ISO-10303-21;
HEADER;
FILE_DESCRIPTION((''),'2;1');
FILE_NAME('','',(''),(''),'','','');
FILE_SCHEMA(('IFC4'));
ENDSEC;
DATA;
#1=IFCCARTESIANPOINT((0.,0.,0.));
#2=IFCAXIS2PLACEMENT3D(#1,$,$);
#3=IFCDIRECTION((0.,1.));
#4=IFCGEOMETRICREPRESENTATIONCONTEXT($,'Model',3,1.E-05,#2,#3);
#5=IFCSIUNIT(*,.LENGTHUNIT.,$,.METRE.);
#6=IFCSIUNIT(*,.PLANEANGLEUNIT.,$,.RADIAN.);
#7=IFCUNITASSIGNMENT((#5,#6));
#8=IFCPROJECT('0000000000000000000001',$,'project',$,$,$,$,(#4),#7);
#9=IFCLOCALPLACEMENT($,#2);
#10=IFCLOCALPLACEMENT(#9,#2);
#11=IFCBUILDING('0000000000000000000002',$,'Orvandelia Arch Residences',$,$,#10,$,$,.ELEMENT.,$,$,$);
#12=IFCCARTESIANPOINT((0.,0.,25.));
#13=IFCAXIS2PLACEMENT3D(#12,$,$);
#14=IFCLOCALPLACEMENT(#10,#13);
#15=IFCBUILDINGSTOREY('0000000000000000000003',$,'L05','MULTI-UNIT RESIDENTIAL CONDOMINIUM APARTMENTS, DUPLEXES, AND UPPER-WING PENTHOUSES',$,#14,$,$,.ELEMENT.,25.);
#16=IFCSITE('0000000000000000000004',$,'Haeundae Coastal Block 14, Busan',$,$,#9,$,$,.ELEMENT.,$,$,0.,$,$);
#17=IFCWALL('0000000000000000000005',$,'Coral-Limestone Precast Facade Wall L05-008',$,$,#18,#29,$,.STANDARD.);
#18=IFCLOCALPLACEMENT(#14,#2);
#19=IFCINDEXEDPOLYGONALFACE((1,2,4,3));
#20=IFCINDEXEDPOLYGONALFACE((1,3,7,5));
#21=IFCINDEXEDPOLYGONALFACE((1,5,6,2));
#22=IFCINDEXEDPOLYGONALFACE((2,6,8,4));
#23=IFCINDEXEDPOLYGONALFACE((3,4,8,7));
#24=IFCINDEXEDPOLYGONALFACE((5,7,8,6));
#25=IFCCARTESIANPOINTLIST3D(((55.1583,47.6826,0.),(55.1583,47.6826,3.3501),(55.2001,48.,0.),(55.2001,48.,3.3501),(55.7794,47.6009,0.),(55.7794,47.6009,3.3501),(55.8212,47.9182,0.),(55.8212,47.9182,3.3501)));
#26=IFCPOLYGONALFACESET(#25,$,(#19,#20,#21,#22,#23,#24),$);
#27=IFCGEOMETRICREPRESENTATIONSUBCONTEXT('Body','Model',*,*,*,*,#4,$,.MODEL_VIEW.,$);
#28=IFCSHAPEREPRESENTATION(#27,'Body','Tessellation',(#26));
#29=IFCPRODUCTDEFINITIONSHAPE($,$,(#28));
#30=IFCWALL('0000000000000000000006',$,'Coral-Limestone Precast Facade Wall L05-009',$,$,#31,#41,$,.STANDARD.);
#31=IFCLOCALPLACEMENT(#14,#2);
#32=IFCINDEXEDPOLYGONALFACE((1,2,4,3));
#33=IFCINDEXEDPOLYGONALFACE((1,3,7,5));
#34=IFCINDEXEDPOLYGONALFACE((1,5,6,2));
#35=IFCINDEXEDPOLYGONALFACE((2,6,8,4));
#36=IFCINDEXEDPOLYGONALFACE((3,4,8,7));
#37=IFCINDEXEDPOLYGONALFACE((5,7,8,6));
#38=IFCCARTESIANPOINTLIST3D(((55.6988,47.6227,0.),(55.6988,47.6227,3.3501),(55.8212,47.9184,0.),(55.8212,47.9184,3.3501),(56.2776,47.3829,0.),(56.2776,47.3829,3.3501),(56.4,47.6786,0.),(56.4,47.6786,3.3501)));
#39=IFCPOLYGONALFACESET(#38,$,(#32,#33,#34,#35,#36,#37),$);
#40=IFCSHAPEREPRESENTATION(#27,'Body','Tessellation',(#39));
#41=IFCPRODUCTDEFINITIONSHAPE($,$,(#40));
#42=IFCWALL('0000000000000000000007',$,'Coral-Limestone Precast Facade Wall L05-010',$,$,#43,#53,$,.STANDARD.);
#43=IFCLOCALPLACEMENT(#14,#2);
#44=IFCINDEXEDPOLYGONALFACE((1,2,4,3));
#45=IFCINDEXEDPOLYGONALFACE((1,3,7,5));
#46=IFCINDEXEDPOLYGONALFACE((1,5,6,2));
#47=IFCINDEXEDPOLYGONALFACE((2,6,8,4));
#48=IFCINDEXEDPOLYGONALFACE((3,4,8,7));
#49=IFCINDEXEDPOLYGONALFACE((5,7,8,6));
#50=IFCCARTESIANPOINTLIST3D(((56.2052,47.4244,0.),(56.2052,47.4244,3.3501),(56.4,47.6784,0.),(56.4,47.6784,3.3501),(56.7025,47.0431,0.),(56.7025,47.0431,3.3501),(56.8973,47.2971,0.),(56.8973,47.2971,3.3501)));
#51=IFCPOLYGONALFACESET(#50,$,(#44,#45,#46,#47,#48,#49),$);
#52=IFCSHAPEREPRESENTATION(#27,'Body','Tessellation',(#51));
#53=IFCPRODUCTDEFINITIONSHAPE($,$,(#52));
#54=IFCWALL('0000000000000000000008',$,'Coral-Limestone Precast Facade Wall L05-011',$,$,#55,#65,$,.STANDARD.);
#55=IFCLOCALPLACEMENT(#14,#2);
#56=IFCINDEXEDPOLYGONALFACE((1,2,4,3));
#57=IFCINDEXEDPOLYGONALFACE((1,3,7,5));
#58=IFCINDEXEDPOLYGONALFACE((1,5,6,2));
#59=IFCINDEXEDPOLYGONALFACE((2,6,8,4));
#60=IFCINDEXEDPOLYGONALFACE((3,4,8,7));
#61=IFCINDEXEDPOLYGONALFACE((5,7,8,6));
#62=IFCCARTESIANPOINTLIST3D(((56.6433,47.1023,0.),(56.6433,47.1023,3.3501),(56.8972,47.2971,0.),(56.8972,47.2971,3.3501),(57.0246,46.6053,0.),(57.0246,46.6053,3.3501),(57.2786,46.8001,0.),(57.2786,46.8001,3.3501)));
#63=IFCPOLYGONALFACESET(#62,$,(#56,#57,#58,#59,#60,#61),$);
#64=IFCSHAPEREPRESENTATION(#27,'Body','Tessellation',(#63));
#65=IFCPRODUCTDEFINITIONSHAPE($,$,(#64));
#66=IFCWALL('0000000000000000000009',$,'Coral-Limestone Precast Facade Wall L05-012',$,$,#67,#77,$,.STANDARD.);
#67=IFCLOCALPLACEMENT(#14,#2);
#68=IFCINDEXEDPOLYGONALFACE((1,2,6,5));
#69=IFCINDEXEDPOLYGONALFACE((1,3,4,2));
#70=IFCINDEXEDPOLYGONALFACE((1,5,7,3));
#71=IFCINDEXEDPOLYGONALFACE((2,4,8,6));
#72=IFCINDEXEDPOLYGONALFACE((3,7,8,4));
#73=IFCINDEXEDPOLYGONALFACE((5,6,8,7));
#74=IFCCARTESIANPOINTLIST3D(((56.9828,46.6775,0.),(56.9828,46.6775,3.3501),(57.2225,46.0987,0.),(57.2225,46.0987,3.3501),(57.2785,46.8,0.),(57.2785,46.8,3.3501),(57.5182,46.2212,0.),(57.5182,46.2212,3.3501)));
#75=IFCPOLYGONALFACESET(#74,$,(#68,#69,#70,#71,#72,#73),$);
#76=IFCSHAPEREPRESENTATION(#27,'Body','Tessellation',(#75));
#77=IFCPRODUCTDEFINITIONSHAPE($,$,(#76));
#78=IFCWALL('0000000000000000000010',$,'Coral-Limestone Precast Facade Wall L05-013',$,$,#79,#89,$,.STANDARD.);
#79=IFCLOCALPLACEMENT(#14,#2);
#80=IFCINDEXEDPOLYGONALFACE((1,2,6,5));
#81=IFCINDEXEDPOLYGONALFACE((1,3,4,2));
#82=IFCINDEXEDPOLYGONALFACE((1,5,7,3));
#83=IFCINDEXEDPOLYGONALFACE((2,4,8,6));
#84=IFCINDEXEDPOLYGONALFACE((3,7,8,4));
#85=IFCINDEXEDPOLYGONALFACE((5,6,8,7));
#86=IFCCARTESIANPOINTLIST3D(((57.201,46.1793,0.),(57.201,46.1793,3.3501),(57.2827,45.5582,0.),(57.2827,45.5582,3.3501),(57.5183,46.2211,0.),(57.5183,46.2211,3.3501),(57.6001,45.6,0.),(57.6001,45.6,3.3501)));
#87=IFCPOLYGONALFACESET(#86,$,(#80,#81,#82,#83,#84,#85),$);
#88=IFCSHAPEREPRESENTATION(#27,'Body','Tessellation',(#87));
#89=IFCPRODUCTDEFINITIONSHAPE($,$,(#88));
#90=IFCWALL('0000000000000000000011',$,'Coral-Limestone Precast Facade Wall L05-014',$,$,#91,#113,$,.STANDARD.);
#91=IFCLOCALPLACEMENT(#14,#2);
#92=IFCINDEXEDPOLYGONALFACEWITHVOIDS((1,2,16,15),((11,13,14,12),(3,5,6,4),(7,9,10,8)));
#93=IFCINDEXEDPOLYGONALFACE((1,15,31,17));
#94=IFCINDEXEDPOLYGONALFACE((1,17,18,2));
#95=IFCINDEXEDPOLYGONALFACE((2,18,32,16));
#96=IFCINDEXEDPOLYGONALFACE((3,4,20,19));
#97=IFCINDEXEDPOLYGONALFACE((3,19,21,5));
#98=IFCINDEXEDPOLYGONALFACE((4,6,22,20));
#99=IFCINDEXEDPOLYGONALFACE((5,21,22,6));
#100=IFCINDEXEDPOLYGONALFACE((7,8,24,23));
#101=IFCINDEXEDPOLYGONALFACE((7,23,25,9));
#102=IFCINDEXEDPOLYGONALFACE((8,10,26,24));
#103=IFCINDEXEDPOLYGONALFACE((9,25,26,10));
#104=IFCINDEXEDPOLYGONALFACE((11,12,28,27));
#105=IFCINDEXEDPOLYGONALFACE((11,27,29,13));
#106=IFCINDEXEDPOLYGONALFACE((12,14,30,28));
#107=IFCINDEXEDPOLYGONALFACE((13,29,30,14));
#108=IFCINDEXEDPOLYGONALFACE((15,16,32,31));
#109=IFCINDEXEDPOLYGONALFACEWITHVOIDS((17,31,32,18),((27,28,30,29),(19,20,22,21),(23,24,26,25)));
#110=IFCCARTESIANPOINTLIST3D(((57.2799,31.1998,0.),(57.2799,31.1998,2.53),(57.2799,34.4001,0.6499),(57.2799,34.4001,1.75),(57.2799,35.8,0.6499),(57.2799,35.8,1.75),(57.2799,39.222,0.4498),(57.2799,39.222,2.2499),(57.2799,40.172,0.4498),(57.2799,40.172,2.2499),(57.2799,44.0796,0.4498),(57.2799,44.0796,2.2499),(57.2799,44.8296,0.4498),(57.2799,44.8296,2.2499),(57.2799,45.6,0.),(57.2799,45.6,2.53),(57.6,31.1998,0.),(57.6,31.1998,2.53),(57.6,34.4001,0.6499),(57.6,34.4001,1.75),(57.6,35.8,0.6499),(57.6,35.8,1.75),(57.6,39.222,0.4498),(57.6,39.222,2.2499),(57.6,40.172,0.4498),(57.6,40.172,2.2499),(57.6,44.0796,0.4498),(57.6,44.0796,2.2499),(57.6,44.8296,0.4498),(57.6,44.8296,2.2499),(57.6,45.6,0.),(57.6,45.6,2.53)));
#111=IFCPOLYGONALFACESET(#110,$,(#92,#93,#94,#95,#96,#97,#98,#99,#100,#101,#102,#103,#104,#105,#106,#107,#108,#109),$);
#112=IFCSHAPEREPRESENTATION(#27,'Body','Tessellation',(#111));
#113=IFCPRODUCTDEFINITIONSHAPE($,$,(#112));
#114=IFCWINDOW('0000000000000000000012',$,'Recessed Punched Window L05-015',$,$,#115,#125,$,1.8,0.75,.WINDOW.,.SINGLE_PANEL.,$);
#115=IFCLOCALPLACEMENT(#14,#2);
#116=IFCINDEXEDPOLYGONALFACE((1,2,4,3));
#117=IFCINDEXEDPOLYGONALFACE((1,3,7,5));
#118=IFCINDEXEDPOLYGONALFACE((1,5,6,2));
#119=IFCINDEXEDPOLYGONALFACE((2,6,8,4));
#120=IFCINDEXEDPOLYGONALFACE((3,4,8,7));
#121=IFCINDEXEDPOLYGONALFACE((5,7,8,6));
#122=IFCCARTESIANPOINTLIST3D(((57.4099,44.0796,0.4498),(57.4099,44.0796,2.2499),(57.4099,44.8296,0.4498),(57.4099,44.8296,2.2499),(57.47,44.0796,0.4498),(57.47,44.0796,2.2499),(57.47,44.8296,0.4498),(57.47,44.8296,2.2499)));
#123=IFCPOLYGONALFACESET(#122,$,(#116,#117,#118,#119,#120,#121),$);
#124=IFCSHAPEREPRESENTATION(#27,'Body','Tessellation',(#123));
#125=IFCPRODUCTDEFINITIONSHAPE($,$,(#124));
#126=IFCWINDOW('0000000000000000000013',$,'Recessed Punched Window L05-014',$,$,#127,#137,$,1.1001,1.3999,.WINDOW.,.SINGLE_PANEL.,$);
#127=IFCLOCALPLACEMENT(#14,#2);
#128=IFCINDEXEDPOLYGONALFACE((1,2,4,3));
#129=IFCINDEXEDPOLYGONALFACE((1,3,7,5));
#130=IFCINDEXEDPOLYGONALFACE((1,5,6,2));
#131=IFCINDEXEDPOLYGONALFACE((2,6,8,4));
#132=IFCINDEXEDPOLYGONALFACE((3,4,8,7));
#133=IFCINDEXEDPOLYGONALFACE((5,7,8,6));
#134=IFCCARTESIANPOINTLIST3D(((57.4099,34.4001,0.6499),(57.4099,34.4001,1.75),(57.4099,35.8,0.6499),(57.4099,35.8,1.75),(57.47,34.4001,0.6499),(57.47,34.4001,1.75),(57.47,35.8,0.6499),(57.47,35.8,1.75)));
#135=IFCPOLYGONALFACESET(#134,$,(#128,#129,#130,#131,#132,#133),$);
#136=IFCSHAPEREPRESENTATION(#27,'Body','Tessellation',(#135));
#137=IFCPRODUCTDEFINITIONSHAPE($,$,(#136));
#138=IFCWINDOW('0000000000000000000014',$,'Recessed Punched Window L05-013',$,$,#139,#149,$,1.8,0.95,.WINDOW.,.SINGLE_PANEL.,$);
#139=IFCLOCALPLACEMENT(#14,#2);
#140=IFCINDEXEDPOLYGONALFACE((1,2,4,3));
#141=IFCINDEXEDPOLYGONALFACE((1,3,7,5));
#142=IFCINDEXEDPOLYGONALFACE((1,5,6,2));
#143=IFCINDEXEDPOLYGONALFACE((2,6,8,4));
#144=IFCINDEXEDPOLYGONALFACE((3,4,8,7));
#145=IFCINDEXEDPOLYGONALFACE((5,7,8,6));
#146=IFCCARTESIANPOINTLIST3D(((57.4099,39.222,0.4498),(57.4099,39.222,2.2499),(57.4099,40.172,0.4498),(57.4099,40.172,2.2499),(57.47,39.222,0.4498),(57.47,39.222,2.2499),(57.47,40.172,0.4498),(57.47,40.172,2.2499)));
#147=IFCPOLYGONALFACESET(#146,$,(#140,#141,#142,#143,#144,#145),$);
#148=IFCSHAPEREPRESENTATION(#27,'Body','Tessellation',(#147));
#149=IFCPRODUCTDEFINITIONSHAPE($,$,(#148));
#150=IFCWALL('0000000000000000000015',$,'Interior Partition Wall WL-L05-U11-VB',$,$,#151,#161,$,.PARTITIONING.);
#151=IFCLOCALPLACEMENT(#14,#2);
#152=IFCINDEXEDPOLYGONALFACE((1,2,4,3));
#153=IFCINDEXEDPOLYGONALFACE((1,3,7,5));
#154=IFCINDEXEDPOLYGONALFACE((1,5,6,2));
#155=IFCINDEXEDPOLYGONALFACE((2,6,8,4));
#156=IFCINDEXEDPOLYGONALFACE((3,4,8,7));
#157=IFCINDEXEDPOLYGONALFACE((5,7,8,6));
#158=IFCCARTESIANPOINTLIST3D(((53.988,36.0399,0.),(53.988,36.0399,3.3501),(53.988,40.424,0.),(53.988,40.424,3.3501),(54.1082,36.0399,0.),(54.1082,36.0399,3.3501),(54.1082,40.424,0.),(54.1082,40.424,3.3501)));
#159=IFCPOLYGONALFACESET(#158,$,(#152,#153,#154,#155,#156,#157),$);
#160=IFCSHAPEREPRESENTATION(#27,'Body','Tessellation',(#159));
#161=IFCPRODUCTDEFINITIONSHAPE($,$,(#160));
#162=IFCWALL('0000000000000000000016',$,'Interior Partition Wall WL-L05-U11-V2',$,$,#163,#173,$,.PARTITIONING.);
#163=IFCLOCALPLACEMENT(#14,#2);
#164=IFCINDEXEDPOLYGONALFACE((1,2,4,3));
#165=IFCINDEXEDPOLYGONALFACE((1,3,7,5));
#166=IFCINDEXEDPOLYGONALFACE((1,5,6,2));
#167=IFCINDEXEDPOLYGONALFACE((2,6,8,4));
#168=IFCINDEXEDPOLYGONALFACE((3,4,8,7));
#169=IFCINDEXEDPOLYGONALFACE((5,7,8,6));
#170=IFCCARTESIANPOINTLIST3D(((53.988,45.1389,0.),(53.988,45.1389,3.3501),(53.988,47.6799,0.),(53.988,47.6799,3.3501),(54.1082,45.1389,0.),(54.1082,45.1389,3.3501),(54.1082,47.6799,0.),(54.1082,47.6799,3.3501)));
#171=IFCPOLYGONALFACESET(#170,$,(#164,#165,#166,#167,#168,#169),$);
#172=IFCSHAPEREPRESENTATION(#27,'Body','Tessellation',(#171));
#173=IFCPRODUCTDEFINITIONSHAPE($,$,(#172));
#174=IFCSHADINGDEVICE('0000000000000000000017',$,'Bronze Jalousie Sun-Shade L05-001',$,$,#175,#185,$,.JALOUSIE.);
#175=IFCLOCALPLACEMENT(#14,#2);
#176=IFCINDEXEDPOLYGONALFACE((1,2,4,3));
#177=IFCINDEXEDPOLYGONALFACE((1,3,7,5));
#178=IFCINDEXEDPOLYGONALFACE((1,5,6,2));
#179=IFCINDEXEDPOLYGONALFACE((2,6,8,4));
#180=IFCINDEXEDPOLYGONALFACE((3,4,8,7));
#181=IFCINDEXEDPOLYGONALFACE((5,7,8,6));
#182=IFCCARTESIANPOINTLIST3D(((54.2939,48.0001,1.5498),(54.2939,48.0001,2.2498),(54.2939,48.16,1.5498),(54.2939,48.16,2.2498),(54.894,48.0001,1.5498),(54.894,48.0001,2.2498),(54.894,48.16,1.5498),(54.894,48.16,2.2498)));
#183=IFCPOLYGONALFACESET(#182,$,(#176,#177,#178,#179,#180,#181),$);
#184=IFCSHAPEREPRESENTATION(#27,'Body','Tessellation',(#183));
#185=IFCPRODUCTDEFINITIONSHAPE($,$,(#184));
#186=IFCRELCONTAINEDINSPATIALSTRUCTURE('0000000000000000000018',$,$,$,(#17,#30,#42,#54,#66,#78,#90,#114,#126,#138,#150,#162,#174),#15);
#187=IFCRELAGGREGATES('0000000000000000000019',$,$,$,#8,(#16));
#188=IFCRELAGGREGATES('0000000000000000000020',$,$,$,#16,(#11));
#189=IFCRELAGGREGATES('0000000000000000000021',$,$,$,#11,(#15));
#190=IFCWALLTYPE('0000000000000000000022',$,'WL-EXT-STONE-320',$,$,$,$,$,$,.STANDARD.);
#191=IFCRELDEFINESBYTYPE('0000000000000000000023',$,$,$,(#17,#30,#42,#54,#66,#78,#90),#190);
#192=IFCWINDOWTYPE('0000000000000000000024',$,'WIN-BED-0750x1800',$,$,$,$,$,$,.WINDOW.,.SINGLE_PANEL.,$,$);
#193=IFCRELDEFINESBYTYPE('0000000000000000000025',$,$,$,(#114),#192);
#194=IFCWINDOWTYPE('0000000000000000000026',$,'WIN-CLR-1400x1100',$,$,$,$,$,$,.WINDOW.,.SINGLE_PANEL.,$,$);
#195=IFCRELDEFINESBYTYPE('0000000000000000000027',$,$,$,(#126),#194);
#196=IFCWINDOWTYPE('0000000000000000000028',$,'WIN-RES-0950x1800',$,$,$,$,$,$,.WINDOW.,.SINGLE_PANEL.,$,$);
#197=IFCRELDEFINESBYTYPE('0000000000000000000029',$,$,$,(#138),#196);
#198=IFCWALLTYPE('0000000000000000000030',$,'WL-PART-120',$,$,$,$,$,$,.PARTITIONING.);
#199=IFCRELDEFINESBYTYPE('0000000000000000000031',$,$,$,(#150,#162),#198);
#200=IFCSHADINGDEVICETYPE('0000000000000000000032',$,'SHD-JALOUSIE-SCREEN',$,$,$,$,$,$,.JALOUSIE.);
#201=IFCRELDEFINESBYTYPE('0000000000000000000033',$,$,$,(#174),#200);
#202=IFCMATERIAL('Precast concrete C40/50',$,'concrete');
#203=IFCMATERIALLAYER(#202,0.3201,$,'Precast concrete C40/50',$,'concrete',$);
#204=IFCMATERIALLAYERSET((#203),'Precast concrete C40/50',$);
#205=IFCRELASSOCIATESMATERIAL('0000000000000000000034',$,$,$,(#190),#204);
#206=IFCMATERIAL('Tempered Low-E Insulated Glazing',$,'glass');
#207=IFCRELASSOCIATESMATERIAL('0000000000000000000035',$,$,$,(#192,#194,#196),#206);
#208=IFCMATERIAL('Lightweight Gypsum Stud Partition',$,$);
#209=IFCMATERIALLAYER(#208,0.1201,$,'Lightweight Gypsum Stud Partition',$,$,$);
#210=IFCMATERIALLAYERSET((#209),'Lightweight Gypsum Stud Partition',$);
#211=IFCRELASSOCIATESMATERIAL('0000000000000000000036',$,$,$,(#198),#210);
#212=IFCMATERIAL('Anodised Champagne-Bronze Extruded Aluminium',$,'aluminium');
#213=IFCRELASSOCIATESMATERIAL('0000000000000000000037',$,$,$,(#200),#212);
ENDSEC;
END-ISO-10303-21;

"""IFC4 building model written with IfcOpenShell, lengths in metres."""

from ifc_helpers import new_model, si_unit, direction, frame, frame_2d, origin, origin_2d, place, context, subcontext, project, spatial, rectangle, extrude, material, layer, layer_set, type_object, element, fill, save


model = new_model("IFC4")

# Units and contexts
model_context = context("Model", 3, precision=1e-05, world=origin(), true_north=direction((0.0, 1.0)))
body_context = subcontext(model_context, "Body", "Model", "MODEL_VIEW")
ifc_project = project(units=[si_unit("LENGTHUNIT", "METRE"), si_unit("PLANEANGLEUNIT", "RADIAN")], contexts=[model_context])

# Site, building, storey
site_placement = place(None, origin())
site = spatial("IfcSite", under=ifc_project, at=site_placement, Name="Haeundae Coastal Block 14, Busan", CompositionType="ELEMENT", RefElevation=0.0)
building_placement = place(site_placement, origin())
building = spatial("IfcBuilding", under=site, at=building_placement, Name="Orvandelia Arch Residences", CompositionType="ELEMENT")
storey_placement = place(building_placement, frame((0.0, 0.0, 25.0)))
storey = spatial("IfcBuildingStorey", under=building, at=storey_placement, Name="L05", Description="MULTI-UNIT RESIDENTIAL CONDOMINIUM APARTMENTS, DUPLEXES, AND UPPER-WING PENTHOUSES", CompositionType="ELEMENT", Elevation=25.0)

# Walls
ifc_material_1 = material(Name="Precast concrete C40/50", Category="concrete")
ifc_layer_1 = layer(ifc_material_1, 0.3201, Name="Precast concrete C40/50", Category="concrete")
ifc_layer_set_1 = layer_set([ifc_layer_1], Name="Precast concrete C40/50")
wall_type_1 = type_object("IfcWallType", Name="WL-EXT-STONE-320", PredefinedType="STANDARD", material=ifc_layer_set_1)
for number, where, z_axis, x_axis, name in (
    (1, (55.1792, 47.8413, 0.0), (0.0, 0.0, 1.0), (0.991441, -0.130555, 0.0), "Coral-Limestone Precast Facade Wall L05-008"),
    (2, (55.76, 47.7705, 0.0), (0.0, 0.0, 1.0), (0.923893, -0.38265, 0.0), "Coral-Limestone Precast Facade Wall L05-009"),
):
    element("IfcWall", number, at=place(storey_placement, frame(where, z_axis=z_axis, x_axis=x_axis)), inside=storey, type_object=wall_type_1, Name=name, PredefinedType="STANDARD", context=body_context, shape_type="SweptSolid", body=[
        extrude(rectangle(XDim=0.6265, YDim=0.3201, at=frame_2d((0.3132, 0.0))), origin(), (0.0, 0.0, 1.0), 3.3501),
    ])
wall_1_placement = place(storey_placement, frame((56.3025, 47.5515, 0.0), z_axis=(0.0, 0.0, 1.0), x_axis=(0.79355, -0.608505, 0.0)))
element("IfcWall", 3, at=wall_1_placement, inside=storey, type_object=wall_type_1, Name="Coral-Limestone Precast Facade Wall L05-010", PredefinedType="STANDARD", context=body_context, shape_type="SweptSolid", body=[
    extrude(rectangle(XDim=0.6267, YDim=0.3201, at=frame_2d((0.3135, 0.0))), origin(), (0.0, 0.0, 1.0), 3.3501),
])
for number, where, z_axis, x_axis, name in (
    (4, (56.7703, 47.1997, 0.0), (0.0, 0.0, 1.0), (0.608693, -0.793406, 0.0), "Coral-Limestone Precast Facade Wall L05-011"),
    (5, (57.1306, 46.7388, 0.0), (0.0, 0.0, 1.0), (0.38265, -0.923893, 0.0), "Coral-Limestone Precast Facade Wall L05-012"),
    (6, (57.3596, 46.2002, 0.0), (0.0, 0.0, 1.0), (0.130555, -0.991441, 0.0), "Coral-Limestone Precast Facade Wall L05-013"),
):
    element("IfcWall", number, at=place(storey_placement, frame(where, z_axis=z_axis, x_axis=x_axis)), inside=storey, type_object=wall_type_1, Name=name, PredefinedType="STANDARD", context=body_context, shape_type="SweptSolid", body=[
        extrude(rectangle(XDim=0.6265, YDim=0.3201, at=frame_2d((0.3132, 0.0))), origin(), (0.0, 0.0, 1.0), 3.3501),
    ])

# Wall, openings, windows
wall_2_placement = place(storey_placement, frame((57.4399, 45.6001, 0.0), z_axis=(0.0, 0.0, 1.0), x_axis=(0.0, -1.0, 0.0)))
wall_2 = element("IfcWall", 7, at=wall_2_placement, inside=storey, type_object=wall_type_1, Name="Coral-Limestone Precast Facade Wall L05-014", PredefinedType="STANDARD", context=body_context, shape_type="SweptSolid", body=[
    extrude(rectangle(XDim=14.4001, YDim=0.3201, at=frame_2d((7.2002, 0.0))), origin(), (0.0, 0.0, 1.0), 2.53),
])
opening_1_placement = place(wall_2_placement, frame((5.428, 0.0, 0.45)))
opening_1 = element("IfcOpeningElement", 8, at=opening_1_placement, cuts=wall_2, PredefinedType="OPENING", context=body_context, shape_type="SweptSolid", body=[
    extrude(rectangle(XDim=0.95, YDim=1.8, at=frame_2d((0.4751, 0.8999))), frame((0.0, 0.1699, 0.0), z_axis=(0.0, -1.0, 0.0), x_axis=(1.0, 0.0, 0.0)), (0.0, 0.0, 1.0), 0.3401),
])
opening_2_placement = place(wall_2_placement, frame((9.8, 0.0, 0.6499)))
opening_2 = element("IfcOpeningElement", 9, at=opening_2_placement, cuts=wall_2, PredefinedType="OPENING", context=body_context, shape_type="SweptSolid", body=[
    extrude(rectangle(XDim=1.3999, YDim=1.1001, at=frame_2d((0.7, 0.55))), frame((0.0, 0.1699, 0.0), z_axis=(0.0, -1.0, 0.0), x_axis=(1.0, 0.0, 0.0)), (0.0, 0.0, 1.0), 0.3401),
])
opening_3_placement = place(wall_2_placement, frame((0.7705, 0.0, 0.45)))
opening_3 = element("IfcOpeningElement", 10, at=opening_3_placement, cuts=wall_2, PredefinedType="OPENING", context=body_context, shape_type="SweptSolid", body=[
    extrude(rectangle(XDim=0.75, YDim=1.8, at=frame_2d((0.375, 0.8999))), frame((0.0, 0.1699, 0.0), z_axis=(0.0, -1.0, 0.0), x_axis=(1.0, 0.0, 0.0)), (0.0, 0.0, 1.0), 0.3401),
])
ifc_material_2 = material(Name="Tempered Low-E Insulated Glazing", Category="glass")
window_type_1 = type_object("IfcWindowType", Name="WIN-BED-0750x1800", PartitioningType="SINGLE_PANEL", PredefinedType="WINDOW", material=ifc_material_2)
window_1_placement = place(opening_3_placement, origin())
window_1 = element("IfcWindow", 11, at=window_1_placement, inside=storey, type_object=window_type_1, Name="Recessed Punched Window L05-015", OverallHeight=1.8, OverallWidth=0.75, PartitioningType="SINGLE_PANEL", PredefinedType="WINDOW", context=body_context, shape_type="SweptSolid", body=[
    extrude(rectangle(XDim=0.75, YDim=1.8, at=frame_2d((0.375, 0.8999))), frame((0.0, 0.03, 0.0), z_axis=(0.0, -1.0, 0.0), x_axis=(1.0, 0.0, 0.0)), (0.0, 0.0, 1.0), 0.0601),
])
fill(opening_3, window_1)
window_type_2 = type_object("IfcWindowType", Name="WIN-CLR-1400x1100", PartitioningType="SINGLE_PANEL", PredefinedType="WINDOW", material=ifc_material_2)
window_2_placement = place(opening_2_placement, origin())
window_2 = element("IfcWindow", 12, at=window_2_placement, inside=storey, type_object=window_type_2, Name="Recessed Punched Window L05-014", OverallHeight=1.1001, OverallWidth=1.3999, PartitioningType="SINGLE_PANEL", PredefinedType="WINDOW", context=body_context, shape_type="SweptSolid", body=[
    extrude(rectangle(XDim=1.3999, YDim=1.1001, at=frame_2d((0.7, 0.55))), frame((0.0, 0.03, 0.0), z_axis=(0.0, -1.0, 0.0), x_axis=(1.0, 0.0, 0.0)), (0.0, 0.0, 1.0), 0.0601),
])
fill(opening_2, window_2)
window_type_3 = type_object("IfcWindowType", Name="WIN-RES-0950x1800", PartitioningType="SINGLE_PANEL", PredefinedType="WINDOW", material=ifc_material_2)
window_3_placement = place(opening_1_placement, origin())
window_3 = element("IfcWindow", 13, at=window_3_placement, inside=storey, type_object=window_type_3, Name="Recessed Punched Window L05-013", OverallHeight=1.8, OverallWidth=0.95, PartitioningType="SINGLE_PANEL", PredefinedType="WINDOW", context=body_context, shape_type="SweptSolid", body=[
    extrude(rectangle(XDim=0.95, YDim=1.8, at=frame_2d((0.4751, 0.8999))), frame((0.0, 0.03, 0.0), z_axis=(0.0, -1.0, 0.0), x_axis=(1.0, 0.0, 0.0)), (0.0, 0.0, 1.0), 0.0601),
])
fill(opening_1, window_3)

# Walls
ifc_material_3 = material(Name="Lightweight Gypsum Stud Partition")
ifc_layer_2 = layer(ifc_material_3, 0.1201, Name="Lightweight Gypsum Stud Partition")
ifc_layer_set_2 = layer_set([ifc_layer_2], Name="Lightweight Gypsum Stud Partition")
wall_type_2 = type_object("IfcWallType", Name="WL-PART-120", PredefinedType="PARTITIONING", material=ifc_layer_set_2)
wall_3_placement = place(storey_placement, frame((54.0481, 36.04, 0.0), z_axis=(0.0, 0.0, 1.0), x_axis=(0.0, 1.0, 0.0)))
element("IfcWall", 14, at=wall_3_placement, inside=storey, type_object=wall_type_2, Name="Interior Partition Wall WL-L05-U11-VB", PredefinedType="PARTITIONING", context=body_context, shape_type="SweptSolid", body=[
    extrude(rectangle(XDim=4.384, YDim=0.1201, at=frame_2d((2.1919, 0.0))), origin(), (0.0, 0.0, 1.0), 3.3501),
])
wall_4_placement = place(storey_placement, frame((54.0481, 45.1389, 0.0), z_axis=(0.0, 0.0, 1.0), x_axis=(0.0, 1.0, 0.0)))
element("IfcWall", 15, at=wall_4_placement, inside=storey, type_object=wall_type_2, Name="Interior Partition Wall WL-L05-U11-V2", PredefinedType="PARTITIONING", context=body_context, shape_type="SweptSolid", body=[
    extrude(rectangle(XDim=2.541, YDim=0.1201, at=frame_2d((1.2705, 0.0))), origin(), (0.0, 0.0, 1.0), 3.3501),
])

# Shading device
ifc_material_4 = material(Name="Anodised Champagne-Bronze Extruded Aluminium", Category="aluminium")
shading_device_type = type_object("IfcShadingDeviceType", Name="SHD-JALOUSIE-SCREEN", PredefinedType="JALOUSIE", material=ifc_material_4)
for number, where, z_axis, x_axis, name in (
    (16, (54.594, 48.0801, 1.5498), (0.0, 0.0, 1.0), (1.0, 0.0, 0.0), "Bronze Jalousie Sun-Shade L05-001"),
):
    element("IfcShadingDevice", number, at=place(storey_placement, frame(where, z_axis=z_axis, x_axis=x_axis)), inside=storey, type_object=shading_device_type, Name=name, PredefinedType="JALOUSIE", context=body_context, shape_type="SweptSolid", body=[
        extrude(rectangle(XDim=0.6001, YDim=0.1599, at=origin_2d()), origin(), (0.0, 0.0, 1.0), 0.7),
    ])

save(model, "model.ifc")
